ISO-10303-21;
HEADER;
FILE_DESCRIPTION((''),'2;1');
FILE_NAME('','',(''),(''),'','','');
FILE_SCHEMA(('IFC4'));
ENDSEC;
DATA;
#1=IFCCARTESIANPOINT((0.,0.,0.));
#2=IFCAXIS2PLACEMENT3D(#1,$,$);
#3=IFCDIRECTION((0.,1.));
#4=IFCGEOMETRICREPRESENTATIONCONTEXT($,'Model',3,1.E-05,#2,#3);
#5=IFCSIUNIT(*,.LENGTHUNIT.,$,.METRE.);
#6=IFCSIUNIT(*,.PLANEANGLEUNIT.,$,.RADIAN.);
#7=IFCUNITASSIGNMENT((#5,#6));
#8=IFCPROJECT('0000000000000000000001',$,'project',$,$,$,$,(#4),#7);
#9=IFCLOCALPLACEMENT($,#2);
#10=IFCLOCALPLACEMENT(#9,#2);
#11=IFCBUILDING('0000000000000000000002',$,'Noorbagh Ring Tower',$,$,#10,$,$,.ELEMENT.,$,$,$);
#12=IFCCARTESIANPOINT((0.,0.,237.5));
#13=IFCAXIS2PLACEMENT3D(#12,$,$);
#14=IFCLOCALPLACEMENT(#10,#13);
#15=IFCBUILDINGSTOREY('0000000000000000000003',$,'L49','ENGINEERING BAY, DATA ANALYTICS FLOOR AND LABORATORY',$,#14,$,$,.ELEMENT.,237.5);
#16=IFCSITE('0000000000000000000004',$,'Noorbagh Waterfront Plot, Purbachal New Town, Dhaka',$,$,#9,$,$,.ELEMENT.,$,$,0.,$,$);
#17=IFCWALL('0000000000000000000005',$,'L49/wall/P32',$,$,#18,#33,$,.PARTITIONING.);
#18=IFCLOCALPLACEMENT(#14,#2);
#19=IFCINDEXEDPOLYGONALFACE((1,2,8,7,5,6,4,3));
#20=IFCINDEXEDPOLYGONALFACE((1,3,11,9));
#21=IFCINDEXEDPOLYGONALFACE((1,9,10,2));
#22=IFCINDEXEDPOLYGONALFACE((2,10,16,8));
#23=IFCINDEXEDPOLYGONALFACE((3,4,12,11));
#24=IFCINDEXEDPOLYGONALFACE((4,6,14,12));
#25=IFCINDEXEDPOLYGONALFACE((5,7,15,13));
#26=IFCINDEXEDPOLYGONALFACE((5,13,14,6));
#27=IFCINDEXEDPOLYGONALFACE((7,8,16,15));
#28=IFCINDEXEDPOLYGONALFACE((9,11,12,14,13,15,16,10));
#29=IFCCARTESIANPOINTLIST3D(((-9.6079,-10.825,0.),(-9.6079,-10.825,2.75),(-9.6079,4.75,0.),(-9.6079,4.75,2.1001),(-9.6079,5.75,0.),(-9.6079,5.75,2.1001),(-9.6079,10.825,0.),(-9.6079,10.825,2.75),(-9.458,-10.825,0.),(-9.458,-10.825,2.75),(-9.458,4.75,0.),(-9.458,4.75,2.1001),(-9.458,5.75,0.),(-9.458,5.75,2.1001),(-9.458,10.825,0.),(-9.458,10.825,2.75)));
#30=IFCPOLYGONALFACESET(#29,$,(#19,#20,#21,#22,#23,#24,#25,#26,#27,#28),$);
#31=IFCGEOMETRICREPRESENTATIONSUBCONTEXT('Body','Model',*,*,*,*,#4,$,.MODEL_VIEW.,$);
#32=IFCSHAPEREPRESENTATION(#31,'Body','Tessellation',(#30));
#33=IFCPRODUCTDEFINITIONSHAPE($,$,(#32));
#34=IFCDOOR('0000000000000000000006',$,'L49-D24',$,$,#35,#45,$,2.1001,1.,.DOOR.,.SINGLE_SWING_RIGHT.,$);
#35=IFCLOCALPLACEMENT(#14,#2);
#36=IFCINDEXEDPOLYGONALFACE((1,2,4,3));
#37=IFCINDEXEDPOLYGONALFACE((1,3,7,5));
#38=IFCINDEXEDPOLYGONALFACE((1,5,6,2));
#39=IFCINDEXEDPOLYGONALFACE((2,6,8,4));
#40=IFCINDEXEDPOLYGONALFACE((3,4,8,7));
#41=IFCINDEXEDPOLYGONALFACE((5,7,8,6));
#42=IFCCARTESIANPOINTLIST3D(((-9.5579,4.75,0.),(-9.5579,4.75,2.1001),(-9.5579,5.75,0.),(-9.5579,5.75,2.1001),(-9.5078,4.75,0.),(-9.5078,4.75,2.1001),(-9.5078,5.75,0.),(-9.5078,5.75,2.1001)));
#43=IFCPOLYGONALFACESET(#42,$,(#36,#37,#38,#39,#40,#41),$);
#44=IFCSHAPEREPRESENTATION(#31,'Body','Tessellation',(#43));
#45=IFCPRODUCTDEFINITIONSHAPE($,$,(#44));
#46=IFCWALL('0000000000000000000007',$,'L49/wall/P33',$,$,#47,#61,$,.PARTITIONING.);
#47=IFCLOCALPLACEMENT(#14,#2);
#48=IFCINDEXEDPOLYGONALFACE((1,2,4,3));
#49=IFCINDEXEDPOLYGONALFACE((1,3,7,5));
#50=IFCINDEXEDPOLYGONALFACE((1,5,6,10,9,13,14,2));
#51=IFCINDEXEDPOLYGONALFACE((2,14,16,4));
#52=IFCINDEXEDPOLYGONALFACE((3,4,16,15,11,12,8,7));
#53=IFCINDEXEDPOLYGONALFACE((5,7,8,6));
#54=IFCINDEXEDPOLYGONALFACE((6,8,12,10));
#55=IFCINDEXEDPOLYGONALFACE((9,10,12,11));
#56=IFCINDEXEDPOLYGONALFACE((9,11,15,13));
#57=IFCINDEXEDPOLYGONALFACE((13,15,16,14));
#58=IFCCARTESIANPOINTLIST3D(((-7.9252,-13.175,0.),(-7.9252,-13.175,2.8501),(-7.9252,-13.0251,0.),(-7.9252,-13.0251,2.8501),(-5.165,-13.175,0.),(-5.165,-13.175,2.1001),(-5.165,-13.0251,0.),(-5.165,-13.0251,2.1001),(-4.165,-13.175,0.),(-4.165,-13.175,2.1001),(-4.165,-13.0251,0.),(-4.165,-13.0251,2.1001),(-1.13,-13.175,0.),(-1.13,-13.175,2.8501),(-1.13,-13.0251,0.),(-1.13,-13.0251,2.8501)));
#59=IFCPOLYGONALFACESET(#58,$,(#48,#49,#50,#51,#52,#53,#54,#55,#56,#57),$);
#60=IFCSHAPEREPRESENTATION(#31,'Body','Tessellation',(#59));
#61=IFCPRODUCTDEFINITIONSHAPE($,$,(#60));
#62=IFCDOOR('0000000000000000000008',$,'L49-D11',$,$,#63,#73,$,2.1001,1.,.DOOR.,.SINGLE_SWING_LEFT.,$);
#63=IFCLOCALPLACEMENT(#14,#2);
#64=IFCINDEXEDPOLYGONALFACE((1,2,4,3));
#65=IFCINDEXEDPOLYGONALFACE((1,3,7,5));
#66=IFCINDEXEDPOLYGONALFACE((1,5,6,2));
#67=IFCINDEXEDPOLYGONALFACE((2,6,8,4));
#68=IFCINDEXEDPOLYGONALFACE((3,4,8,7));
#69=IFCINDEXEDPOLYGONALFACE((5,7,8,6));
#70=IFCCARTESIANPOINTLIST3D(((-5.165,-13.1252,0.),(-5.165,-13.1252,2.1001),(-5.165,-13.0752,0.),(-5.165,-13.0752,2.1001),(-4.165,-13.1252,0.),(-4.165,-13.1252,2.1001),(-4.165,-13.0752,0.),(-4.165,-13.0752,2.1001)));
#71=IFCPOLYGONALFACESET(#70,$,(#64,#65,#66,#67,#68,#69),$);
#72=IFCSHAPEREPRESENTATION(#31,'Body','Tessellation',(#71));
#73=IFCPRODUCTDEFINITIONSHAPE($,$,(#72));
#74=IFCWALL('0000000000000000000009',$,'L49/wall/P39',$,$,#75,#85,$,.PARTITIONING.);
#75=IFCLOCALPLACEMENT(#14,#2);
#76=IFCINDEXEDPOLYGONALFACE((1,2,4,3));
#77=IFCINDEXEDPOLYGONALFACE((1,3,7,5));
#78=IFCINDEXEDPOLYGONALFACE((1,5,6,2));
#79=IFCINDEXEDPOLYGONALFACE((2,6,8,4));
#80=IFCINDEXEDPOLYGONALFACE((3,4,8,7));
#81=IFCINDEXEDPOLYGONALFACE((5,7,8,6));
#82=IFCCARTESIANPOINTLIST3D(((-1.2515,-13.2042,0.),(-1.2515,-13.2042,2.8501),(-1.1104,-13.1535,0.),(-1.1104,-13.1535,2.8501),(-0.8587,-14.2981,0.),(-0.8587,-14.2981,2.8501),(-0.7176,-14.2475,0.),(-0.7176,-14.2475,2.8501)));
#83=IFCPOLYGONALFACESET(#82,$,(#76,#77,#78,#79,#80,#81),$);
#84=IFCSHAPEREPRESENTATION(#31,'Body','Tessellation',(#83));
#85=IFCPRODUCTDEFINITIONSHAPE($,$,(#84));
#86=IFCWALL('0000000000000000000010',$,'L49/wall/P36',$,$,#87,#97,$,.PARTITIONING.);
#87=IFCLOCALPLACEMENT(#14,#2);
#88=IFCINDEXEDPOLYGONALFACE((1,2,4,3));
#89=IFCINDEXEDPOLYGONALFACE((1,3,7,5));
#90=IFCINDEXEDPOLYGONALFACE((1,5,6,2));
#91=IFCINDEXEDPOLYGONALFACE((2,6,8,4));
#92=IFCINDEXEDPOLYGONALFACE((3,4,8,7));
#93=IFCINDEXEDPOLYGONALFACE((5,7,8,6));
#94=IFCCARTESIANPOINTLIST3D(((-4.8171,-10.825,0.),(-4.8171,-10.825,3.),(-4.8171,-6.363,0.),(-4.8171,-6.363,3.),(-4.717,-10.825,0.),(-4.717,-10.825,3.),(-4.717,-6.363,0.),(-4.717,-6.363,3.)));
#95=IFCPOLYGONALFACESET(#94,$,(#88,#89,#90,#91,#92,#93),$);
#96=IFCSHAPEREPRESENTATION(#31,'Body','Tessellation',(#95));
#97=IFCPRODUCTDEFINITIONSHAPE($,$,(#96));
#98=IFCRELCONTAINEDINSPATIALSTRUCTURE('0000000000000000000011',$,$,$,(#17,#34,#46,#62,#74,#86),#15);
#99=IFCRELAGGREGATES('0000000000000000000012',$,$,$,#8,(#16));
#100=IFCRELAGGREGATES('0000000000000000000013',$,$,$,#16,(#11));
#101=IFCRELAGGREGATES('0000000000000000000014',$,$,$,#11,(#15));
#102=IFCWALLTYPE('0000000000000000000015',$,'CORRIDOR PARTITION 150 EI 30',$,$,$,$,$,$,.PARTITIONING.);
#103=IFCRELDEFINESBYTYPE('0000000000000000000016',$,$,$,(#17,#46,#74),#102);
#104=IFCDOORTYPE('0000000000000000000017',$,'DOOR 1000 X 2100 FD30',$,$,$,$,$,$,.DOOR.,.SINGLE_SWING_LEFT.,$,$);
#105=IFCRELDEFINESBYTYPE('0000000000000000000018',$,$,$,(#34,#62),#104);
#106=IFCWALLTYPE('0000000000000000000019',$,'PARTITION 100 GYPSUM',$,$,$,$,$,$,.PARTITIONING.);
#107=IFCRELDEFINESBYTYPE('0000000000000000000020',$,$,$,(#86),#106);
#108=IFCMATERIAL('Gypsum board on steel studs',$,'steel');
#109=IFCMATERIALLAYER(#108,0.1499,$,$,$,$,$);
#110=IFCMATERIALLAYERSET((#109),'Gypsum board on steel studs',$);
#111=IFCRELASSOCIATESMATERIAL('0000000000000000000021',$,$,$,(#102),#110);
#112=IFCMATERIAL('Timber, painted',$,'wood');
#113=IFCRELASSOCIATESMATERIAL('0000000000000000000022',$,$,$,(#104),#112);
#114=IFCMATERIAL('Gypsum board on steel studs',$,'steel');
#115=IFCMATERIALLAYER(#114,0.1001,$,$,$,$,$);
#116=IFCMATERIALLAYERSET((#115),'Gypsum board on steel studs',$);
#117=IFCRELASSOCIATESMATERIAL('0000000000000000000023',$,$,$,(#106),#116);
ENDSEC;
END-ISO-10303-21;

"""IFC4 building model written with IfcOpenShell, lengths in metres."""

from ifc_helpers import new_model, si_unit, direction, frame, frame_2d, origin, place, context, subcontext, project, spatial, rectangle, extrude, material, layer, layer_set, type_object, element, fill, save


model = new_model("IFC4")

# Units and contexts
model_context = context("Model", 3, precision=1e-05, world=origin(), true_north=direction((0.0, 1.0)))
body_context = subcontext(model_context, "Body", "Model", "MODEL_VIEW")
ifc_project = project(units=[si_unit("LENGTHUNIT", "METRE"), si_unit("PLANEANGLEUNIT", "RADIAN")], contexts=[model_context])

# Site, building, storey
site_placement = place(None, origin())
site = spatial("IfcSite", under=ifc_project, at=site_placement, Name="Noorbagh Waterfront Plot, Purbachal New Town, Dhaka", CompositionType="ELEMENT", RefElevation=0.0)
building_placement = place(site_placement, origin())
building = spatial("IfcBuilding", under=site, at=building_placement, Name="Noorbagh Ring Tower", CompositionType="ELEMENT")
storey_placement = place(building_placement, frame((0.0, 0.0, 237.5)))
storey = spatial("IfcBuildingStorey", under=building, at=storey_placement, Name="L49", Description="ENGINEERING BAY, DATA ANALYTICS FLOOR AND LABORATORY", CompositionType="ELEMENT", Elevation=237.5)

# Shared definitions
ifc_material_1 = material(Name="Gypsum board on steel studs", Category="steel")
ifc_layer_1 = layer(ifc_material_1, 0.1499)
ifc_layer_set_1 = layer_set([ifc_layer_1], Name="Gypsum board on steel studs")
wall_type_1 = type_object("IfcWallType", Name="CORRIDOR PARTITION 150 EI 30", PredefinedType="PARTITIONING", material=ifc_layer_set_1)
ifc_material_2 = material(Name="Timber, painted", Category="wood")
door_type_1 = type_object("IfcDoorType", Name="DOOR 1000 X 2100 FD30", OperationType="SINGLE_SWING_LEFT", PredefinedType="DOOR", material=ifc_material_2)

# Walls, openings, doors
wall_1_placement = place(storey_placement, frame((-9.533, -10.825, 0.0), z_axis=(0.0, 0.0, 1.0), x_axis=(0.0, 1.0, 0.0)))
wall_1 = element("IfcWall", 1, at=wall_1_placement, inside=storey, type_object=wall_type_1, Name="L49/wall/P32", PredefinedType="PARTITIONING", context=body_context, shape_type="SweptSolid", body=[
    extrude(rectangle(XDim=21.6499, YDim=0.1499, at=frame_2d((10.825, 0.0))), origin(), (0.0, 0.0, 1.0), 2.75),
])
opening_1_placement = place(wall_1_placement, frame((15.575, 0.0, 0.0)))
opening_1 = element("IfcOpeningElement", 2, at=opening_1_placement, cuts=wall_1, PredefinedType="OPENING", context=body_context, shape_type="SweptSolid", body=[
    extrude(rectangle(XDim=1.0, YDim=2.1001, at=frame_2d((0.5, 1.05))), frame((0.0, 0.085, 0.0), z_axis=(0.0, -1.0, 0.0), x_axis=(1.0, 0.0, 0.0)), (0.0, 0.0, 1.0), 0.1699),
])
door_1_placement = place(opening_1_placement, origin())
door_1 = element("IfcDoor", 3, at=door_1_placement, inside=storey, type_object=door_type_1, Name="L49-D24", OperationType="SINGLE_SWING_RIGHT", OverallHeight=2.1001, OverallWidth=1.0, PredefinedType="DOOR", context=body_context, shape_type="SweptSolid", body=[
    extrude(rectangle(XDim=1.0, YDim=2.1001, at=frame_2d((0.5, 1.05))), frame((0.0, 0.0249, 0.0), z_axis=(0.0, -1.0, 0.0), x_axis=(1.0, 0.0, 0.0)), (0.0, 0.0, 1.0), 0.05),
])
fill(opening_1, door_1)
wall_2_placement = place(storey_placement, frame((-7.925, -13.1001, 0.0), z_axis=(0.0, 0.0, 1.0), x_axis=(1.0, 0.0, 0.0)))
wall_2 = element("IfcWall", 4, at=wall_2_placement, inside=storey, type_object=wall_type_1, Name="L49/wall/P33", PredefinedType="PARTITIONING", context=body_context, shape_type="SweptSolid", body=[
    extrude(rectangle(XDim=6.7952, YDim=0.1499, at=frame_2d((3.3975, 0.0))), origin(), (0.0, 0.0, 1.0), 2.8501),
])
opening_2_placement = place(wall_2_placement, frame((2.76, 0.0, 0.0)))
opening_2 = element("IfcOpeningElement", 5, at=opening_2_placement, cuts=wall_2, PredefinedType="OPENING", context=body_context, shape_type="SweptSolid", body=[
    extrude(rectangle(XDim=1.0, YDim=2.1001, at=frame_2d((0.5, 1.05))), frame((0.0, 0.085, 0.0), z_axis=(0.0, -1.0, 0.0), x_axis=(1.0, 0.0, 0.0)), (0.0, 0.0, 1.0), 0.1699),
])
door_2_placement = place(opening_2_placement, origin())
door_2 = element("IfcDoor", 6, at=door_2_placement, inside=storey, type_object=door_type_1, Name="L49-D11", OperationType="SINGLE_SWING_LEFT", OverallHeight=2.1001, OverallWidth=1.0, PredefinedType="DOOR", context=body_context, shape_type="SweptSolid", body=[
    extrude(rectangle(XDim=1.0, YDim=2.1001, at=frame_2d((0.5, 1.05))), frame((0.0, 0.0249, 0.0), z_axis=(0.0, -1.0, 0.0), x_axis=(1.0, 0.0, 0.0)), (0.0, 0.0, 1.0), 0.05),
])
fill(opening_2, door_2)

# Walls
wall_3_placement = place(storey_placement, frame((-1.1809, -13.179, 0.0), z_axis=(0.0, 0.0, 1.0), x_axis=(0.337946, -0.941166, 0.0)))
element("IfcWall", 7, at=wall_3_placement, inside=storey, type_object=wall_type_1, Name="L49/wall/P39", PredefinedType="PARTITIONING", context=body_context, shape_type="SweptSolid", body=[
    extrude(rectangle(XDim=1.1624, YDim=0.1499, at=frame_2d((0.5811, 0.0))), origin(), (0.0, 0.0, 1.0), 2.8501),
])
ifc_material_3 = material(Name="Gypsum board on steel studs", Category="steel")
ifc_layer_2 = layer(ifc_material_3, 0.1001)
ifc_layer_set_2 = layer_set([ifc_layer_2], Name="Gypsum board on steel studs")
wall_type_2 = type_object("IfcWallType", Name="PARTITION 100 GYPSUM", PredefinedType="PARTITIONING", material=ifc_layer_set_2)
wall_4_placement = place(storey_placement, frame((-4.7671, -10.825, 0.0), z_axis=(0.0, 0.0, 1.0), x_axis=(0.0, 1.0, 0.0)))
element("IfcWall", 8, at=wall_4_placement, inside=storey, type_object=wall_type_2, Name="L49/wall/P36", PredefinedType="PARTITIONING", context=body_context, shape_type="SweptSolid", body=[
    extrude(rectangle(XDim=4.4619, YDim=0.1001, at=frame_2d((2.231, 0.0))), origin(), (0.0, 0.0, 1.0), 3.0),
])

save(model, "model.ifc")
